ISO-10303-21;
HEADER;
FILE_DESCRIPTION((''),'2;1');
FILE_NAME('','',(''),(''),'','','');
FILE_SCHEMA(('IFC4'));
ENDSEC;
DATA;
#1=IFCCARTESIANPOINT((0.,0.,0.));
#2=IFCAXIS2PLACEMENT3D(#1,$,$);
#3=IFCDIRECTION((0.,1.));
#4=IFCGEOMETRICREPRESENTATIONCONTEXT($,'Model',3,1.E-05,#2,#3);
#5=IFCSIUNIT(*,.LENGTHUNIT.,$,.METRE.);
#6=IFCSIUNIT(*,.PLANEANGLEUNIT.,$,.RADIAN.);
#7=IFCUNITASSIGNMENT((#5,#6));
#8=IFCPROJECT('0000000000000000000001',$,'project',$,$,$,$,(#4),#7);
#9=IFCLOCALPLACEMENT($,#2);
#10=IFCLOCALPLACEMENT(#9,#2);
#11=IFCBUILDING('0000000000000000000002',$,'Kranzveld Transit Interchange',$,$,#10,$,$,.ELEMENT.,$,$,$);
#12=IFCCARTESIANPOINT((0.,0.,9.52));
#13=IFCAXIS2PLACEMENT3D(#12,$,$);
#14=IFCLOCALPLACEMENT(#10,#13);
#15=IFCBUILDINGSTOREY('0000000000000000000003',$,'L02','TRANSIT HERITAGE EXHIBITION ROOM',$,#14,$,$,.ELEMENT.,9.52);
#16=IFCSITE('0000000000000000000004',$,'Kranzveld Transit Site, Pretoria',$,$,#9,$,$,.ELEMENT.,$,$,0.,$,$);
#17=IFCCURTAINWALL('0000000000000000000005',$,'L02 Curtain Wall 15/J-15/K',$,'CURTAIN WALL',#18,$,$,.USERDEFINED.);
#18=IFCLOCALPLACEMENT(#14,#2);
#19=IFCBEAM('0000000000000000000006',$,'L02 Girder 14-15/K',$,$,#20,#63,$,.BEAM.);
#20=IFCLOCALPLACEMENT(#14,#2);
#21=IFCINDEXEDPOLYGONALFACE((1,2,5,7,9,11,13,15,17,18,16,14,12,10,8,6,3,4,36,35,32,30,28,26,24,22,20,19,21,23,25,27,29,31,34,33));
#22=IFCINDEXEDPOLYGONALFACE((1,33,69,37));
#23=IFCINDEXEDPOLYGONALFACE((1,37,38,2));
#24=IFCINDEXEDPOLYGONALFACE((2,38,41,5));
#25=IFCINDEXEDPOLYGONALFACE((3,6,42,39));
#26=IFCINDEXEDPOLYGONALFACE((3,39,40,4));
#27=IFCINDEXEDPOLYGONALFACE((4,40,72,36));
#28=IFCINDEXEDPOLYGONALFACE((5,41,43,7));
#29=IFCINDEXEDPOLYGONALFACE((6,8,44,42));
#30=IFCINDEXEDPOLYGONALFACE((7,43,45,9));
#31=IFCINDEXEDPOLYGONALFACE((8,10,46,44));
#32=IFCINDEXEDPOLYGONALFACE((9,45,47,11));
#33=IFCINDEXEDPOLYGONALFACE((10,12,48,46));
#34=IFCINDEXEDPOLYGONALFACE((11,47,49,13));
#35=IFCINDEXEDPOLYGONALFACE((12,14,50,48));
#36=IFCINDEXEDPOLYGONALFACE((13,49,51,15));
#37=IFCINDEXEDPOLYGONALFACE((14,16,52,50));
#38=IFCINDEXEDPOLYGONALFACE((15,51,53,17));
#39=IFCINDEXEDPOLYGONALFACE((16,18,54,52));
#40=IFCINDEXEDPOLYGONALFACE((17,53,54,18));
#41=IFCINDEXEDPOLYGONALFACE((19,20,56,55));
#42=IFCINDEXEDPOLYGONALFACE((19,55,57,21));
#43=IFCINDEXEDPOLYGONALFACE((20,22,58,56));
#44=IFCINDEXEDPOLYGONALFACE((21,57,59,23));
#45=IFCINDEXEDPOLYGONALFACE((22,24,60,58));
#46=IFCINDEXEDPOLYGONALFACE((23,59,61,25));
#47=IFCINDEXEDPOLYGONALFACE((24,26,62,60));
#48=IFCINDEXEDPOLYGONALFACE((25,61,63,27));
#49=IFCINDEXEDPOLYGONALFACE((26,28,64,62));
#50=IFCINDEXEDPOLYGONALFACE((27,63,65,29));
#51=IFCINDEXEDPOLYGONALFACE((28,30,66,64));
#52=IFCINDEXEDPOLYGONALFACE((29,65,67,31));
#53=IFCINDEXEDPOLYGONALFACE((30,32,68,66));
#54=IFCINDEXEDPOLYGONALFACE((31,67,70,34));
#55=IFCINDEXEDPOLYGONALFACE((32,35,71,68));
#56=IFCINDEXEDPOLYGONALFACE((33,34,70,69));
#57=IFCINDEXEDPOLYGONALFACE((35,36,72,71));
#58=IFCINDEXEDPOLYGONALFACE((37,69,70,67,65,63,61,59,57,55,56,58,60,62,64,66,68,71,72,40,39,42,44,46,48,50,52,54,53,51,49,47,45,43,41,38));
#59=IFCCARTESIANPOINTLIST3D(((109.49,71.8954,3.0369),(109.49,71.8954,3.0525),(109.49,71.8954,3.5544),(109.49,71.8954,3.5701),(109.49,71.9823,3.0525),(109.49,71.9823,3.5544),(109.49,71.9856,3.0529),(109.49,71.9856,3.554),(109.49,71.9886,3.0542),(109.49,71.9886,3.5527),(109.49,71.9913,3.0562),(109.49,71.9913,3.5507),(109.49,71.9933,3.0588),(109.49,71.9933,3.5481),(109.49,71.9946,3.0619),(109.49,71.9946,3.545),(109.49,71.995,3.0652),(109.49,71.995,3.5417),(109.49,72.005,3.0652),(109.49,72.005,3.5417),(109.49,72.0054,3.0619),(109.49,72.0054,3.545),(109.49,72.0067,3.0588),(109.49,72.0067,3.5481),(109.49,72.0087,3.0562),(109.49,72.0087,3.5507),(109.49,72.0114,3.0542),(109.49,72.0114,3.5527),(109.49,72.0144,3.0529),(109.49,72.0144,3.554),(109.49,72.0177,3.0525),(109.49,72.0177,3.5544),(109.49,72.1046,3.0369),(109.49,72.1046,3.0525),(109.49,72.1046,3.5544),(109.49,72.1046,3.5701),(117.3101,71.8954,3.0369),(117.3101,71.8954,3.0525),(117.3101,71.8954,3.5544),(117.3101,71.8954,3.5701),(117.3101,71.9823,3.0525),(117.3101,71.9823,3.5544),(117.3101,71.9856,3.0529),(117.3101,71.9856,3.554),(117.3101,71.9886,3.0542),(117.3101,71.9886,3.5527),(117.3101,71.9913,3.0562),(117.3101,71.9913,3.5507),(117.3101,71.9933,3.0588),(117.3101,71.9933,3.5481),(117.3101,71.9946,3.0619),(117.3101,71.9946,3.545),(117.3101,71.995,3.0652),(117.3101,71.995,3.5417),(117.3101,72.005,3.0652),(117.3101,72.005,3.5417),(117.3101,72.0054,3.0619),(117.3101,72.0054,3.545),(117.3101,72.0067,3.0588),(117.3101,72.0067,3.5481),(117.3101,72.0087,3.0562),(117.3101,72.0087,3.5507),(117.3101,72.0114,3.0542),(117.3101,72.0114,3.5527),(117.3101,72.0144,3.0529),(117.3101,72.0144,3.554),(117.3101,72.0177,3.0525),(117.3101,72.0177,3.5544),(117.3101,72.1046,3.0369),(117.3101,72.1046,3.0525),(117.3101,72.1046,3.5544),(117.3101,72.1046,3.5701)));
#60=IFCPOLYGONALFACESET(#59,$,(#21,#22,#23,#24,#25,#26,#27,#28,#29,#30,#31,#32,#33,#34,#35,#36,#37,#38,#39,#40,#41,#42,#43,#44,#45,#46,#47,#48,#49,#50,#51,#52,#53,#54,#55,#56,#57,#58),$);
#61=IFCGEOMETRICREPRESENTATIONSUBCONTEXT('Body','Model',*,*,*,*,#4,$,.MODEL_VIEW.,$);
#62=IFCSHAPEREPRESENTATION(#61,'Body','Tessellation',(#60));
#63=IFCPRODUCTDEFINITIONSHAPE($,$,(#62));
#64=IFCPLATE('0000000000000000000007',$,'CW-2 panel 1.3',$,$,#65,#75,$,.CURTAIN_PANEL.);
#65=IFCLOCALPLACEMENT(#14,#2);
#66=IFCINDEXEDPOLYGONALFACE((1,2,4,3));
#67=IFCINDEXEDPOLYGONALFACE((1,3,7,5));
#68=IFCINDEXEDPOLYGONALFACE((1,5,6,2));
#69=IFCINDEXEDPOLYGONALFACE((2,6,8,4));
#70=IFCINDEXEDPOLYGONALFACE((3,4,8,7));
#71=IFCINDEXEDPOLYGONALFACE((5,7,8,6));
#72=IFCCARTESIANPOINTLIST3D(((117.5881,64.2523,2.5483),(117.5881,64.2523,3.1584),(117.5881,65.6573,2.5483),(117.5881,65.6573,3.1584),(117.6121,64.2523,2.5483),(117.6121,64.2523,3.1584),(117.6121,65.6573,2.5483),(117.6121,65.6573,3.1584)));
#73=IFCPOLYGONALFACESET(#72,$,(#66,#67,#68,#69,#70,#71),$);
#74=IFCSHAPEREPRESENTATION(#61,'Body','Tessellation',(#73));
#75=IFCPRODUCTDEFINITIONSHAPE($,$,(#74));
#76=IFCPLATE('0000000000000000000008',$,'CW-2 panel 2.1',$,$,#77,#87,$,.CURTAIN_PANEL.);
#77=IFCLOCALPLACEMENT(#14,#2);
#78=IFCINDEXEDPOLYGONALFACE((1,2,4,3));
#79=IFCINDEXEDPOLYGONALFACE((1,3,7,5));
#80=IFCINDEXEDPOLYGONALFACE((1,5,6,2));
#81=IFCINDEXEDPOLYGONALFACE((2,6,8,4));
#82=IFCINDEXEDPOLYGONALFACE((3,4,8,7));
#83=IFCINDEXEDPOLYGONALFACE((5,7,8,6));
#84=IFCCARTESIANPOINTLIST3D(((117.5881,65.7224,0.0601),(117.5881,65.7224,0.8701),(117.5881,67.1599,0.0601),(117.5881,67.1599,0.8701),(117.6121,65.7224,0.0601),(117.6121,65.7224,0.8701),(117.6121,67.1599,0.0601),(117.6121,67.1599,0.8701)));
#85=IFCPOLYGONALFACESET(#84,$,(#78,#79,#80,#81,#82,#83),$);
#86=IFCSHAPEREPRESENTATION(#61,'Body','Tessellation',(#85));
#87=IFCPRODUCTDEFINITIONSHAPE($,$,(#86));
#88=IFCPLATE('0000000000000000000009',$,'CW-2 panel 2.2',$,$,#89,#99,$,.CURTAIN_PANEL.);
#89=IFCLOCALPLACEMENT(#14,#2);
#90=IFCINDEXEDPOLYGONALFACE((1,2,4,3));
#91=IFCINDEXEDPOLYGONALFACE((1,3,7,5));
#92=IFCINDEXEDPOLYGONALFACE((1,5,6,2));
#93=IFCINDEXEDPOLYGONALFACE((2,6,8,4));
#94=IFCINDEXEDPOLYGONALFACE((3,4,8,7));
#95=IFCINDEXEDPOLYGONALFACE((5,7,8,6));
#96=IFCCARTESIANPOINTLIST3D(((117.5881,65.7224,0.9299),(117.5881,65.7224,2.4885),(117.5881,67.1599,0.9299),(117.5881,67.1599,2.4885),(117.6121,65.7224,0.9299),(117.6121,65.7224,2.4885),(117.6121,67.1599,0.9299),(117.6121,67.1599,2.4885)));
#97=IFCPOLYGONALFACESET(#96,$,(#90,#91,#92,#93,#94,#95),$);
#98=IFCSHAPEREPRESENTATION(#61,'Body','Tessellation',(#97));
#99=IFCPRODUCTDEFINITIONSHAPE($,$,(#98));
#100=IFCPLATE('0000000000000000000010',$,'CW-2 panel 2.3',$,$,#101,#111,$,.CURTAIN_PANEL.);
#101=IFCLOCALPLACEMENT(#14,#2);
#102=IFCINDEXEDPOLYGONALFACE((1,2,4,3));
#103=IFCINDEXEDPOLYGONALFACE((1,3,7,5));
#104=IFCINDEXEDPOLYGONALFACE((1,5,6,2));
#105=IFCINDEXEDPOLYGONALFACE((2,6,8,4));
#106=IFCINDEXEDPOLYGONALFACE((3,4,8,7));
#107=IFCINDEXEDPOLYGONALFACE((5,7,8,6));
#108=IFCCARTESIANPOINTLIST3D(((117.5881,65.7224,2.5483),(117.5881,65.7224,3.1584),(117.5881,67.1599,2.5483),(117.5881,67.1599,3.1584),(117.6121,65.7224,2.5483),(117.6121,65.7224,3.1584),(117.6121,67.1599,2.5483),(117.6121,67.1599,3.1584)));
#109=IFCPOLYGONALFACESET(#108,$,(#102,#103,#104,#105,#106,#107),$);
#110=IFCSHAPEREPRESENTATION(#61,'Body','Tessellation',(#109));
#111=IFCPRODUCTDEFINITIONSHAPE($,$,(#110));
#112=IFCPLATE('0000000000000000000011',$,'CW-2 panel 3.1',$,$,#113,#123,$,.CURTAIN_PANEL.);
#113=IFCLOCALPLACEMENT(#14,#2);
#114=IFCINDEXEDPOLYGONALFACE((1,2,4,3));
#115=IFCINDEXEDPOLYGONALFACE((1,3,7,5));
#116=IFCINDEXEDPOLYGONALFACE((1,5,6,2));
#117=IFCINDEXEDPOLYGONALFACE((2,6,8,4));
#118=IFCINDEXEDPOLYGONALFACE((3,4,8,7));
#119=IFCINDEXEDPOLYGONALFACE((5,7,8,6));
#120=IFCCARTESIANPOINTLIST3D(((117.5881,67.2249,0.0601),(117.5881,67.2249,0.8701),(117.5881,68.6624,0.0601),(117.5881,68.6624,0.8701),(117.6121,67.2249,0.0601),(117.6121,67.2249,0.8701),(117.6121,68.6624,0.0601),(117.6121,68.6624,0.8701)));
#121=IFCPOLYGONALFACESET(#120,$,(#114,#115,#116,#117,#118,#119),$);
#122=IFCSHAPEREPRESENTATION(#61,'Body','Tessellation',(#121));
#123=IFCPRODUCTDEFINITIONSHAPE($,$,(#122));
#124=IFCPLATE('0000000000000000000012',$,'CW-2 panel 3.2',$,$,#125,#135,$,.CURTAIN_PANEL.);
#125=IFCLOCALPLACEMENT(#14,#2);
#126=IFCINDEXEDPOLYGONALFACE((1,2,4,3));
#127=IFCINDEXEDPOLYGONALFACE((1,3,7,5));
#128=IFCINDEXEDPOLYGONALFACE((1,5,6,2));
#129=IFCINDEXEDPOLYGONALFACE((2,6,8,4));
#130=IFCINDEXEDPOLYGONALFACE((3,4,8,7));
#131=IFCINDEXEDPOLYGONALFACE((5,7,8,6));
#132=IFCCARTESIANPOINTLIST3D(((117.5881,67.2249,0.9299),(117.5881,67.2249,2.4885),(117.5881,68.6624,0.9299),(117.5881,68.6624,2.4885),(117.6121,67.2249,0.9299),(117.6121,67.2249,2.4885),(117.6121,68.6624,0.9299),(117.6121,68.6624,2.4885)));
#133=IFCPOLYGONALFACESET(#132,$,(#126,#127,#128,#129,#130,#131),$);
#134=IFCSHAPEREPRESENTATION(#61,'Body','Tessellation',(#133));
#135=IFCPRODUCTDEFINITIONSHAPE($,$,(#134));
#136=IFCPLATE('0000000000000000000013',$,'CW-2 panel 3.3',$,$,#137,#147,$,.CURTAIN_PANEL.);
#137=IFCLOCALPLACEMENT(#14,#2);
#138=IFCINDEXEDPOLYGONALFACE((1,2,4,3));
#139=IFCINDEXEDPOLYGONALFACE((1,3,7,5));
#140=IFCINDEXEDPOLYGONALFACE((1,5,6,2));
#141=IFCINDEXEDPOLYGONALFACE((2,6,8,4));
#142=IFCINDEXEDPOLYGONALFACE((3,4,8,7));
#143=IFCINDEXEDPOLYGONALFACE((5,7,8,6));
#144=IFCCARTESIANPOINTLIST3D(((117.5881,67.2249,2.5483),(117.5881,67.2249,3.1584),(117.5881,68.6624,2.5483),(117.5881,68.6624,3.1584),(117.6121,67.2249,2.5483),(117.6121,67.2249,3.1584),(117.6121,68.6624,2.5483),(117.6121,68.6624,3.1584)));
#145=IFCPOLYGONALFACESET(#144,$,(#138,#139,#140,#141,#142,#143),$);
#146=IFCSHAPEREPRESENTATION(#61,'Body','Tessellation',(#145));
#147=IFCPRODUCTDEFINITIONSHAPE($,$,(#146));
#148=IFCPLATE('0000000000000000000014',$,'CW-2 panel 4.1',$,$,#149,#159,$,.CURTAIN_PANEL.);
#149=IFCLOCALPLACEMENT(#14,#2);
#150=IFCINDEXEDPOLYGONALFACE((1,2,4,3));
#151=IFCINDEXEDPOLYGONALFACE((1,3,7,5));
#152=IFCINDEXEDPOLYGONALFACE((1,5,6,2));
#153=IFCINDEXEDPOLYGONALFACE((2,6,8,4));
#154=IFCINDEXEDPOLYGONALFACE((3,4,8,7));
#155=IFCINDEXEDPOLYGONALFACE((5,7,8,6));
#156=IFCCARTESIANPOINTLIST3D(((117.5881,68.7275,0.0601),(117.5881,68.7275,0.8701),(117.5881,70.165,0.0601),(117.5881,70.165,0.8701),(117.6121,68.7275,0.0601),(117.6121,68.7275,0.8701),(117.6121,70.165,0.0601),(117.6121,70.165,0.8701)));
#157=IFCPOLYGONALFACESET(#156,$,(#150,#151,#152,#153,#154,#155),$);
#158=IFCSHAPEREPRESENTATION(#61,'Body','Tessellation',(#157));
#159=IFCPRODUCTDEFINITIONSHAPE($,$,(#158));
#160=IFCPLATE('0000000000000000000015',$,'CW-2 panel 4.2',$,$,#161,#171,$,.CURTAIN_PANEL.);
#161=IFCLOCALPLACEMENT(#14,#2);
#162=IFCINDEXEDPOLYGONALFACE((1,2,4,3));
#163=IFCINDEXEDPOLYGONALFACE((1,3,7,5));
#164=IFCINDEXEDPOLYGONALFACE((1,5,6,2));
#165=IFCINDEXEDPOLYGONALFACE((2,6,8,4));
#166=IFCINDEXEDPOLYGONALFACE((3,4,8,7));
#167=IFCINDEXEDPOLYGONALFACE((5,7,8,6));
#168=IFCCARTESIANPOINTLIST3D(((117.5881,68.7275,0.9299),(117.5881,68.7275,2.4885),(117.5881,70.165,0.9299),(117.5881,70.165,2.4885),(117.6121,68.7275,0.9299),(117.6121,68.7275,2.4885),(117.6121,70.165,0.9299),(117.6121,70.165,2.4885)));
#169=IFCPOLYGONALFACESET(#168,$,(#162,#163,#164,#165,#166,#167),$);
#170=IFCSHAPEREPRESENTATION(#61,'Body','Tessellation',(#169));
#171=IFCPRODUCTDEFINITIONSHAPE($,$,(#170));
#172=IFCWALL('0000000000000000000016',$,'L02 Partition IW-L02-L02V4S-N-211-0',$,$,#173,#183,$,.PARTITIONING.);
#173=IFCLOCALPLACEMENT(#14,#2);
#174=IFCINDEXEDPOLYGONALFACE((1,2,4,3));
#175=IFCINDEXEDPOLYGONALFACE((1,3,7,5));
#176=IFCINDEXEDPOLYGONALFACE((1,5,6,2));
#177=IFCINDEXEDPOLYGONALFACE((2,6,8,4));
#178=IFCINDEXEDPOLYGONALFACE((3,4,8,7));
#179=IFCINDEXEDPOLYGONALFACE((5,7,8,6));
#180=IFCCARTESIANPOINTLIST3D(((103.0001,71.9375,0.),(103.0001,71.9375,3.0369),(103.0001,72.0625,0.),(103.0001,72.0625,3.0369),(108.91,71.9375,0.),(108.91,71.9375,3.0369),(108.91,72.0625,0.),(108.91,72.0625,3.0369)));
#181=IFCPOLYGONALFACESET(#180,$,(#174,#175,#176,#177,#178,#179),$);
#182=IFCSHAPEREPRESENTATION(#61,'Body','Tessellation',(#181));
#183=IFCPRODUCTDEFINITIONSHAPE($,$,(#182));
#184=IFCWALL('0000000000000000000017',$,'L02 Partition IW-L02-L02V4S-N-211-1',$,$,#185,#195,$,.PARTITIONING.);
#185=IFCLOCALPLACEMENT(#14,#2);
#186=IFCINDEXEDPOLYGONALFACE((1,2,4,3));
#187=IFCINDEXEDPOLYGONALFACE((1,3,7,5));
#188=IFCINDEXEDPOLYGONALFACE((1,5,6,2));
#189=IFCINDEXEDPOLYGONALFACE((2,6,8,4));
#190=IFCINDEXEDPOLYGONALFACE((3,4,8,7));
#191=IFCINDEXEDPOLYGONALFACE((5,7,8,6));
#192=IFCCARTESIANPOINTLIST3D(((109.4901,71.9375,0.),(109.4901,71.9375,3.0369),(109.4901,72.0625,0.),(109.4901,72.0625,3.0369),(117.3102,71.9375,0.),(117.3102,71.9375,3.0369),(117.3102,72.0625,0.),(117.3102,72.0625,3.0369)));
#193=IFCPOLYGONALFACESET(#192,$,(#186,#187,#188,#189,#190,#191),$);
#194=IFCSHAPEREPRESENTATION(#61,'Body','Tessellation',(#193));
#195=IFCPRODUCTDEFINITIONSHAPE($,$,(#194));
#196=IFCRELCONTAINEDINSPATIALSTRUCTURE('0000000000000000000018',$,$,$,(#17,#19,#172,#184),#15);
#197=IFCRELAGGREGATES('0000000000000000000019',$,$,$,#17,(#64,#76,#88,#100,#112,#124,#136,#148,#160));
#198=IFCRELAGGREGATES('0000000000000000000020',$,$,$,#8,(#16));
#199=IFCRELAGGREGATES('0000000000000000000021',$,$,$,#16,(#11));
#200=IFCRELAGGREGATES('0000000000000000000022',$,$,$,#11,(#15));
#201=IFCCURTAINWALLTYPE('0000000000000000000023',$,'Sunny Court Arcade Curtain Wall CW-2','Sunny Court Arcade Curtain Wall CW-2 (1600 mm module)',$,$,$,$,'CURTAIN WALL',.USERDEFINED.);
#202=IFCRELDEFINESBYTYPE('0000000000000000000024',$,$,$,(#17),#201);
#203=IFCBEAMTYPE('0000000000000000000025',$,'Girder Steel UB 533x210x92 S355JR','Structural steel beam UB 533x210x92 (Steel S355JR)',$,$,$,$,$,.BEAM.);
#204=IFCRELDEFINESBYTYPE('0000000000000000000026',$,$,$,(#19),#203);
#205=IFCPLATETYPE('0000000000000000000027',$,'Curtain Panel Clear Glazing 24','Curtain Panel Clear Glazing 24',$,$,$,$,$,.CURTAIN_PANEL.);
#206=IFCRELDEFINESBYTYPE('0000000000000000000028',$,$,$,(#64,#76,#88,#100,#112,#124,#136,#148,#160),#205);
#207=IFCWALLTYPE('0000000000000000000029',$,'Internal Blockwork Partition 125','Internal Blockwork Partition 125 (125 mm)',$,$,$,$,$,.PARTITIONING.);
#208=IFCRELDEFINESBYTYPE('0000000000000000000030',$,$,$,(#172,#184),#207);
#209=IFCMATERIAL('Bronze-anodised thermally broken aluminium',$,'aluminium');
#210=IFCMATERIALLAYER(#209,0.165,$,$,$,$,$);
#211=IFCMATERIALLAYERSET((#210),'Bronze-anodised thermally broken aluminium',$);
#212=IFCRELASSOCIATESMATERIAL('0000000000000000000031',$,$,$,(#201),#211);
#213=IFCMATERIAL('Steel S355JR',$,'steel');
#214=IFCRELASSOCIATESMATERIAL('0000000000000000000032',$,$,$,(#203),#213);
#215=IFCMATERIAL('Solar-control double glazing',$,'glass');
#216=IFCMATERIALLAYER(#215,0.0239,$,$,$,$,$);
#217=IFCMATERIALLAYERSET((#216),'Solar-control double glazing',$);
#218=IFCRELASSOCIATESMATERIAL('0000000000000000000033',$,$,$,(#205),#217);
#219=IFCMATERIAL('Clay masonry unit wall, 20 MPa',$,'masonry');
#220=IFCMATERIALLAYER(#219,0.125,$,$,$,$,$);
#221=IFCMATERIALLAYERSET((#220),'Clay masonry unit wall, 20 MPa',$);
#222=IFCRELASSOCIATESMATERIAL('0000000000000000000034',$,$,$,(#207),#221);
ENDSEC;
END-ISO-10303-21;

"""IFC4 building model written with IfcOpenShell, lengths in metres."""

from ifc_helpers import new_model, si_unit, direction, frame, frame_2d, origin, origin_2d, place, context, subcontext, project, spatial, rectangle, i_section, extrude, material, layer, layer_set, material_profile, profile_set, type_object, element, aggregate, save


model = new_model("IFC4")

# Units and contexts
model_context = context("Model", 3, precision=1e-05, world=origin(), true_north=direction((0.0, 1.0)))
body_context = subcontext(model_context, "Body", "Model", "MODEL_VIEW")
ifc_project = project(units=[si_unit("LENGTHUNIT", "METRE"), si_unit("PLANEANGLEUNIT", "RADIAN")], contexts=[model_context])

# Site, building, storey
site_placement = place(None, origin())
site = spatial("IfcSite", under=ifc_project, at=site_placement, Name="Kranzveld Transit Site, Pretoria", CompositionType="ELEMENT", RefElevation=0.0)
building_placement = place(site_placement, origin())
building = spatial("IfcBuilding", under=site, at=building_placement, Name="Kranzveld Transit Interchange", CompositionType="ELEMENT")
storey_placement = place(building_placement, frame((0.0, 0.0, 9.52)))
storey = spatial("IfcBuildingStorey", under=building, at=storey_placement, Name="L02", Description="TRANSIT HERITAGE EXHIBITION ROOM", CompositionType="ELEMENT", Elevation=9.52)

# Curtain wall
ifc_material_1 = material(Name="Bronze-anodised thermally broken aluminium", Category="aluminium")
ifc_layer_1 = layer(ifc_material_1, 0.165)
ifc_layer_set_1 = layer_set([ifc_layer_1], Name="Bronze-anodised thermally broken aluminium")
curtain_wall_type = type_object("IfcCurtainWallType", Name="Sunny Court Arcade Curtain Wall CW-2", Description="Sunny Court Arcade Curtain Wall CW-2 (1600 mm module)", ElementType="CURTAIN WALL", PredefinedType="USERDEFINED", material=ifc_layer_set_1)
curtain_wall_placement = place(storey_placement, origin())
curtain_wall = element("IfcCurtainWall", 1, at=curtain_wall_placement, inside=storey, type_object=curtain_wall_type, Name="L02 Curtain Wall 15/J-15/K", ObjectType="CURTAIN WALL", PredefinedType="USERDEFINED")

# Beam
ifc_material_2 = material(Name="Steel S355JR", Category="steel")
ifc_material_profile_1 = material_profile(ifc_material_2, i_section(OverallWidth=0.2092, OverallDepth=0.5332, WebThickness=0.01, FlangeThickness=0.0156, FilletRadius=0.0127, at=origin_2d()), Name="UB 533x210x92")
ifc_profile_set_1 = profile_set([ifc_material_profile_1], Name="Steel S355JR")
beam_type_1 = type_object("IfcBeamType", Name="Girder Steel UB 533x210x92 S355JR", Description="Structural steel beam UB 533x210x92 (Steel S355JR)", PredefinedType="BEAM", material=ifc_profile_set_1)
beam_1_placement = place(storey_placement, frame((109.49, 72.0, 3.3035), z_axis=(1.0, 0.0, 0.0), x_axis=(0.0, 1.0, 0.0)))
element("IfcBeam", 2, at=beam_1_placement, inside=storey, type_object=beam_type_1, Name="L02 Girder 14-15/K", PredefinedType="BEAM", context=body_context, shape_type="SweptSolid", body=[
    extrude(i_section(OverallWidth=0.2092, OverallDepth=0.5332, WebThickness=0.01, FlangeThickness=0.0156, FilletRadius=0.0127, at=origin_2d()), origin(), (0.0, 0.0, 1.0), 7.8201),
])

# Plates
ifc_material_3 = material(Name="Solar-control double glazing", Category="glass")
ifc_layer_2 = layer(ifc_material_3, 0.0239)
ifc_layer_set_2 = layer_set([ifc_layer_2], Name="Solar-control double glazing")
plate_type = type_object("IfcPlateType", Name="Curtain Panel Clear Glazing 24", Description="Curtain Panel Clear Glazing 24", PredefinedType="CURTAIN_PANEL", material=ifc_layer_set_2)
plate_1_placement = place(storey_placement, frame((117.6001, 64.9548, 2.5483), z_axis=(0.0, 0.0, 1.0), x_axis=(0.0, 1.0, 0.0)))
plate_1 = element("IfcPlate", 3, at=plate_1_placement, type_object=plate_type, Name="CW-2 panel 1.3", PredefinedType="CURTAIN_PANEL", context=body_context, shape_type="SweptSolid", body=[
    extrude(rectangle(XDim=1.405, YDim=0.0239, at=origin_2d()), origin(), (0.0, 0.0, 1.0), 0.6101),
])
plate_2_placement = place(storey_placement, frame((117.6001, 66.4412, 0.0601), z_axis=(0.0, 0.0, 1.0), x_axis=(0.0, 1.0, 0.0)))
plate_2 = element("IfcPlate", 4, at=plate_2_placement, type_object=plate_type, Name="CW-2 panel 2.1", PredefinedType="CURTAIN_PANEL", context=body_context, shape_type="SweptSolid", body=[
    extrude(rectangle(XDim=1.4375, YDim=0.0239, at=origin_2d()), origin(), (0.0, 0.0, 1.0), 0.8101),
])
plate_3_placement = place(storey_placement, frame((117.6001, 66.4412, 0.9299), z_axis=(0.0, 0.0, 1.0), x_axis=(0.0, 1.0, 0.0)))
plate_3 = element("IfcPlate", 5, at=plate_3_placement, type_object=plate_type, Name="CW-2 panel 2.2", PredefinedType="CURTAIN_PANEL", context=body_context, shape_type="SweptSolid", body=[
    extrude(rectangle(XDim=1.4375, YDim=0.0239, at=origin_2d()), origin(), (0.0, 0.0, 1.0), 1.5586),
])
plate_4_placement = place(storey_placement, frame((117.6001, 66.4412, 2.5483), z_axis=(0.0, 0.0, 1.0), x_axis=(0.0, 1.0, 0.0)))
plate_4 = element("IfcPlate", 6, at=plate_4_placement, type_object=plate_type, Name="CW-2 panel 2.3", PredefinedType="CURTAIN_PANEL", context=body_context, shape_type="SweptSolid", body=[
    extrude(rectangle(XDim=1.4375, YDim=0.0239, at=origin_2d()), origin(), (0.0, 0.0, 1.0), 0.6101),
])
plate_5_placement = place(storey_placement, frame((117.6001, 67.9436, 0.0601), z_axis=(0.0, 0.0, 1.0), x_axis=(0.0, 1.0, 0.0)))
plate_5 = element("IfcPlate", 7, at=plate_5_placement, type_object=plate_type, Name="CW-2 panel 3.1", PredefinedType="CURTAIN_PANEL", context=body_context, shape_type="SweptSolid", body=[
    extrude(rectangle(XDim=1.4375, YDim=0.0239, at=origin_2d()), origin(), (0.0, 0.0, 1.0), 0.8101),
])
plate_6_placement = place(storey_placement, frame((117.6001, 67.9436, 0.9299), z_axis=(0.0, 0.0, 1.0), x_axis=(0.0, 1.0, 0.0)))
plate_6 = element("IfcPlate", 8, at=plate_6_placement, type_object=plate_type, Name="CW-2 panel 3.2", PredefinedType="CURTAIN_PANEL", context=body_context, shape_type="SweptSolid", body=[
    extrude(rectangle(XDim=1.4375, YDim=0.0239, at=origin_2d()), origin(), (0.0, 0.0, 1.0), 1.5586),
])
plate_7_placement = place(storey_placement, frame((117.6001, 67.9436, 2.5483), z_axis=(0.0, 0.0, 1.0), x_axis=(0.0, 1.0, 0.0)))
plate_7 = element("IfcPlate", 9, at=plate_7_placement, type_object=plate_type, Name="CW-2 panel 3.3", PredefinedType="CURTAIN_PANEL", context=body_context, shape_type="SweptSolid", body=[
    extrude(rectangle(XDim=1.4375, YDim=0.0239, at=origin_2d()), origin(), (0.0, 0.0, 1.0), 0.6101),
])
plate_8_placement = place(storey_placement, frame((117.6001, 69.4463, 0.0601), z_axis=(0.0, 0.0, 1.0), x_axis=(0.0, 1.0, 0.0)))
plate_8 = element("IfcPlate", 10, at=plate_8_placement, type_object=plate_type, Name="CW-2 panel 4.1", PredefinedType="CURTAIN_PANEL", context=body_context, shape_type="SweptSolid", body=[
    extrude(rectangle(XDim=1.4375, YDim=0.0239, at=origin_2d()), origin(), (0.0, 0.0, 1.0), 0.8101),
])
plate_9_placement = place(storey_placement, frame((117.6001, 69.4463, 0.9299), z_axis=(0.0, 0.0, 1.0), x_axis=(0.0, 1.0, 0.0)))
plate_9 = element("IfcPlate", 11, at=plate_9_placement, type_object=plate_type, Name="CW-2 panel 4.2", PredefinedType="CURTAIN_PANEL", context=body_context, shape_type="SweptSolid", body=[
    extrude(rectangle(XDim=1.4375, YDim=0.0239, at=origin_2d()), origin(), (0.0, 0.0, 1.0), 1.5586),
])
aggregate(curtain_wall, [plate_1, plate_2, plate_3, plate_4, plate_5, plate_6, plate_7, plate_8, plate_9])

# Walls
ifc_material_4 = material(Name="Clay masonry unit wall, 20 MPa", Category="masonry")
ifc_layer_3 = layer(ifc_material_4, 0.125)
ifc_layer_set_3 = layer_set([ifc_layer_3], Name="Clay masonry unit wall, 20 MPa")
wall_type = type_object("IfcWallType", Name="Internal Blockwork Partition 125", Description="Internal Blockwork Partition 125 (125 mm)", PredefinedType="PARTITIONING", material=ifc_layer_set_3)
wall_1_placement = place(storey_placement, frame((103.0, 72.0, 0.0), z_axis=(0.0, 0.0, 1.0), x_axis=(1.0, 0.0, 0.0)))
element("IfcWall", 12, at=wall_1_placement, inside=storey, type_object=wall_type, Name="L02 Partition IW-L02-L02V4S-N-211-0", PredefinedType="PARTITIONING", context=body_context, shape_type="SweptSolid", body=[
    extrude(rectangle(XDim=5.9099, YDim=0.125, at=frame_2d((2.9551, 0.0))), origin(), (0.0, 0.0, 1.0), 3.0369),
])
wall_2_placement = place(storey_placement, frame((109.49, 72.0, 0.0), z_axis=(0.0, 0.0, 1.0), x_axis=(1.0, 0.0, 0.0)))
element("IfcWall", 13, at=wall_2_placement, inside=storey, type_object=wall_type, Name="L02 Partition IW-L02-L02V4S-N-211-1", PredefinedType="PARTITIONING", context=body_context, shape_type="SweptSolid", body=[
    extrude(rectangle(XDim=7.8201, YDim=0.125, at=frame_2d((3.9102, 0.0))), origin(), (0.0, 0.0, 1.0), 3.0369),
])

save(model, "model.ifc")
